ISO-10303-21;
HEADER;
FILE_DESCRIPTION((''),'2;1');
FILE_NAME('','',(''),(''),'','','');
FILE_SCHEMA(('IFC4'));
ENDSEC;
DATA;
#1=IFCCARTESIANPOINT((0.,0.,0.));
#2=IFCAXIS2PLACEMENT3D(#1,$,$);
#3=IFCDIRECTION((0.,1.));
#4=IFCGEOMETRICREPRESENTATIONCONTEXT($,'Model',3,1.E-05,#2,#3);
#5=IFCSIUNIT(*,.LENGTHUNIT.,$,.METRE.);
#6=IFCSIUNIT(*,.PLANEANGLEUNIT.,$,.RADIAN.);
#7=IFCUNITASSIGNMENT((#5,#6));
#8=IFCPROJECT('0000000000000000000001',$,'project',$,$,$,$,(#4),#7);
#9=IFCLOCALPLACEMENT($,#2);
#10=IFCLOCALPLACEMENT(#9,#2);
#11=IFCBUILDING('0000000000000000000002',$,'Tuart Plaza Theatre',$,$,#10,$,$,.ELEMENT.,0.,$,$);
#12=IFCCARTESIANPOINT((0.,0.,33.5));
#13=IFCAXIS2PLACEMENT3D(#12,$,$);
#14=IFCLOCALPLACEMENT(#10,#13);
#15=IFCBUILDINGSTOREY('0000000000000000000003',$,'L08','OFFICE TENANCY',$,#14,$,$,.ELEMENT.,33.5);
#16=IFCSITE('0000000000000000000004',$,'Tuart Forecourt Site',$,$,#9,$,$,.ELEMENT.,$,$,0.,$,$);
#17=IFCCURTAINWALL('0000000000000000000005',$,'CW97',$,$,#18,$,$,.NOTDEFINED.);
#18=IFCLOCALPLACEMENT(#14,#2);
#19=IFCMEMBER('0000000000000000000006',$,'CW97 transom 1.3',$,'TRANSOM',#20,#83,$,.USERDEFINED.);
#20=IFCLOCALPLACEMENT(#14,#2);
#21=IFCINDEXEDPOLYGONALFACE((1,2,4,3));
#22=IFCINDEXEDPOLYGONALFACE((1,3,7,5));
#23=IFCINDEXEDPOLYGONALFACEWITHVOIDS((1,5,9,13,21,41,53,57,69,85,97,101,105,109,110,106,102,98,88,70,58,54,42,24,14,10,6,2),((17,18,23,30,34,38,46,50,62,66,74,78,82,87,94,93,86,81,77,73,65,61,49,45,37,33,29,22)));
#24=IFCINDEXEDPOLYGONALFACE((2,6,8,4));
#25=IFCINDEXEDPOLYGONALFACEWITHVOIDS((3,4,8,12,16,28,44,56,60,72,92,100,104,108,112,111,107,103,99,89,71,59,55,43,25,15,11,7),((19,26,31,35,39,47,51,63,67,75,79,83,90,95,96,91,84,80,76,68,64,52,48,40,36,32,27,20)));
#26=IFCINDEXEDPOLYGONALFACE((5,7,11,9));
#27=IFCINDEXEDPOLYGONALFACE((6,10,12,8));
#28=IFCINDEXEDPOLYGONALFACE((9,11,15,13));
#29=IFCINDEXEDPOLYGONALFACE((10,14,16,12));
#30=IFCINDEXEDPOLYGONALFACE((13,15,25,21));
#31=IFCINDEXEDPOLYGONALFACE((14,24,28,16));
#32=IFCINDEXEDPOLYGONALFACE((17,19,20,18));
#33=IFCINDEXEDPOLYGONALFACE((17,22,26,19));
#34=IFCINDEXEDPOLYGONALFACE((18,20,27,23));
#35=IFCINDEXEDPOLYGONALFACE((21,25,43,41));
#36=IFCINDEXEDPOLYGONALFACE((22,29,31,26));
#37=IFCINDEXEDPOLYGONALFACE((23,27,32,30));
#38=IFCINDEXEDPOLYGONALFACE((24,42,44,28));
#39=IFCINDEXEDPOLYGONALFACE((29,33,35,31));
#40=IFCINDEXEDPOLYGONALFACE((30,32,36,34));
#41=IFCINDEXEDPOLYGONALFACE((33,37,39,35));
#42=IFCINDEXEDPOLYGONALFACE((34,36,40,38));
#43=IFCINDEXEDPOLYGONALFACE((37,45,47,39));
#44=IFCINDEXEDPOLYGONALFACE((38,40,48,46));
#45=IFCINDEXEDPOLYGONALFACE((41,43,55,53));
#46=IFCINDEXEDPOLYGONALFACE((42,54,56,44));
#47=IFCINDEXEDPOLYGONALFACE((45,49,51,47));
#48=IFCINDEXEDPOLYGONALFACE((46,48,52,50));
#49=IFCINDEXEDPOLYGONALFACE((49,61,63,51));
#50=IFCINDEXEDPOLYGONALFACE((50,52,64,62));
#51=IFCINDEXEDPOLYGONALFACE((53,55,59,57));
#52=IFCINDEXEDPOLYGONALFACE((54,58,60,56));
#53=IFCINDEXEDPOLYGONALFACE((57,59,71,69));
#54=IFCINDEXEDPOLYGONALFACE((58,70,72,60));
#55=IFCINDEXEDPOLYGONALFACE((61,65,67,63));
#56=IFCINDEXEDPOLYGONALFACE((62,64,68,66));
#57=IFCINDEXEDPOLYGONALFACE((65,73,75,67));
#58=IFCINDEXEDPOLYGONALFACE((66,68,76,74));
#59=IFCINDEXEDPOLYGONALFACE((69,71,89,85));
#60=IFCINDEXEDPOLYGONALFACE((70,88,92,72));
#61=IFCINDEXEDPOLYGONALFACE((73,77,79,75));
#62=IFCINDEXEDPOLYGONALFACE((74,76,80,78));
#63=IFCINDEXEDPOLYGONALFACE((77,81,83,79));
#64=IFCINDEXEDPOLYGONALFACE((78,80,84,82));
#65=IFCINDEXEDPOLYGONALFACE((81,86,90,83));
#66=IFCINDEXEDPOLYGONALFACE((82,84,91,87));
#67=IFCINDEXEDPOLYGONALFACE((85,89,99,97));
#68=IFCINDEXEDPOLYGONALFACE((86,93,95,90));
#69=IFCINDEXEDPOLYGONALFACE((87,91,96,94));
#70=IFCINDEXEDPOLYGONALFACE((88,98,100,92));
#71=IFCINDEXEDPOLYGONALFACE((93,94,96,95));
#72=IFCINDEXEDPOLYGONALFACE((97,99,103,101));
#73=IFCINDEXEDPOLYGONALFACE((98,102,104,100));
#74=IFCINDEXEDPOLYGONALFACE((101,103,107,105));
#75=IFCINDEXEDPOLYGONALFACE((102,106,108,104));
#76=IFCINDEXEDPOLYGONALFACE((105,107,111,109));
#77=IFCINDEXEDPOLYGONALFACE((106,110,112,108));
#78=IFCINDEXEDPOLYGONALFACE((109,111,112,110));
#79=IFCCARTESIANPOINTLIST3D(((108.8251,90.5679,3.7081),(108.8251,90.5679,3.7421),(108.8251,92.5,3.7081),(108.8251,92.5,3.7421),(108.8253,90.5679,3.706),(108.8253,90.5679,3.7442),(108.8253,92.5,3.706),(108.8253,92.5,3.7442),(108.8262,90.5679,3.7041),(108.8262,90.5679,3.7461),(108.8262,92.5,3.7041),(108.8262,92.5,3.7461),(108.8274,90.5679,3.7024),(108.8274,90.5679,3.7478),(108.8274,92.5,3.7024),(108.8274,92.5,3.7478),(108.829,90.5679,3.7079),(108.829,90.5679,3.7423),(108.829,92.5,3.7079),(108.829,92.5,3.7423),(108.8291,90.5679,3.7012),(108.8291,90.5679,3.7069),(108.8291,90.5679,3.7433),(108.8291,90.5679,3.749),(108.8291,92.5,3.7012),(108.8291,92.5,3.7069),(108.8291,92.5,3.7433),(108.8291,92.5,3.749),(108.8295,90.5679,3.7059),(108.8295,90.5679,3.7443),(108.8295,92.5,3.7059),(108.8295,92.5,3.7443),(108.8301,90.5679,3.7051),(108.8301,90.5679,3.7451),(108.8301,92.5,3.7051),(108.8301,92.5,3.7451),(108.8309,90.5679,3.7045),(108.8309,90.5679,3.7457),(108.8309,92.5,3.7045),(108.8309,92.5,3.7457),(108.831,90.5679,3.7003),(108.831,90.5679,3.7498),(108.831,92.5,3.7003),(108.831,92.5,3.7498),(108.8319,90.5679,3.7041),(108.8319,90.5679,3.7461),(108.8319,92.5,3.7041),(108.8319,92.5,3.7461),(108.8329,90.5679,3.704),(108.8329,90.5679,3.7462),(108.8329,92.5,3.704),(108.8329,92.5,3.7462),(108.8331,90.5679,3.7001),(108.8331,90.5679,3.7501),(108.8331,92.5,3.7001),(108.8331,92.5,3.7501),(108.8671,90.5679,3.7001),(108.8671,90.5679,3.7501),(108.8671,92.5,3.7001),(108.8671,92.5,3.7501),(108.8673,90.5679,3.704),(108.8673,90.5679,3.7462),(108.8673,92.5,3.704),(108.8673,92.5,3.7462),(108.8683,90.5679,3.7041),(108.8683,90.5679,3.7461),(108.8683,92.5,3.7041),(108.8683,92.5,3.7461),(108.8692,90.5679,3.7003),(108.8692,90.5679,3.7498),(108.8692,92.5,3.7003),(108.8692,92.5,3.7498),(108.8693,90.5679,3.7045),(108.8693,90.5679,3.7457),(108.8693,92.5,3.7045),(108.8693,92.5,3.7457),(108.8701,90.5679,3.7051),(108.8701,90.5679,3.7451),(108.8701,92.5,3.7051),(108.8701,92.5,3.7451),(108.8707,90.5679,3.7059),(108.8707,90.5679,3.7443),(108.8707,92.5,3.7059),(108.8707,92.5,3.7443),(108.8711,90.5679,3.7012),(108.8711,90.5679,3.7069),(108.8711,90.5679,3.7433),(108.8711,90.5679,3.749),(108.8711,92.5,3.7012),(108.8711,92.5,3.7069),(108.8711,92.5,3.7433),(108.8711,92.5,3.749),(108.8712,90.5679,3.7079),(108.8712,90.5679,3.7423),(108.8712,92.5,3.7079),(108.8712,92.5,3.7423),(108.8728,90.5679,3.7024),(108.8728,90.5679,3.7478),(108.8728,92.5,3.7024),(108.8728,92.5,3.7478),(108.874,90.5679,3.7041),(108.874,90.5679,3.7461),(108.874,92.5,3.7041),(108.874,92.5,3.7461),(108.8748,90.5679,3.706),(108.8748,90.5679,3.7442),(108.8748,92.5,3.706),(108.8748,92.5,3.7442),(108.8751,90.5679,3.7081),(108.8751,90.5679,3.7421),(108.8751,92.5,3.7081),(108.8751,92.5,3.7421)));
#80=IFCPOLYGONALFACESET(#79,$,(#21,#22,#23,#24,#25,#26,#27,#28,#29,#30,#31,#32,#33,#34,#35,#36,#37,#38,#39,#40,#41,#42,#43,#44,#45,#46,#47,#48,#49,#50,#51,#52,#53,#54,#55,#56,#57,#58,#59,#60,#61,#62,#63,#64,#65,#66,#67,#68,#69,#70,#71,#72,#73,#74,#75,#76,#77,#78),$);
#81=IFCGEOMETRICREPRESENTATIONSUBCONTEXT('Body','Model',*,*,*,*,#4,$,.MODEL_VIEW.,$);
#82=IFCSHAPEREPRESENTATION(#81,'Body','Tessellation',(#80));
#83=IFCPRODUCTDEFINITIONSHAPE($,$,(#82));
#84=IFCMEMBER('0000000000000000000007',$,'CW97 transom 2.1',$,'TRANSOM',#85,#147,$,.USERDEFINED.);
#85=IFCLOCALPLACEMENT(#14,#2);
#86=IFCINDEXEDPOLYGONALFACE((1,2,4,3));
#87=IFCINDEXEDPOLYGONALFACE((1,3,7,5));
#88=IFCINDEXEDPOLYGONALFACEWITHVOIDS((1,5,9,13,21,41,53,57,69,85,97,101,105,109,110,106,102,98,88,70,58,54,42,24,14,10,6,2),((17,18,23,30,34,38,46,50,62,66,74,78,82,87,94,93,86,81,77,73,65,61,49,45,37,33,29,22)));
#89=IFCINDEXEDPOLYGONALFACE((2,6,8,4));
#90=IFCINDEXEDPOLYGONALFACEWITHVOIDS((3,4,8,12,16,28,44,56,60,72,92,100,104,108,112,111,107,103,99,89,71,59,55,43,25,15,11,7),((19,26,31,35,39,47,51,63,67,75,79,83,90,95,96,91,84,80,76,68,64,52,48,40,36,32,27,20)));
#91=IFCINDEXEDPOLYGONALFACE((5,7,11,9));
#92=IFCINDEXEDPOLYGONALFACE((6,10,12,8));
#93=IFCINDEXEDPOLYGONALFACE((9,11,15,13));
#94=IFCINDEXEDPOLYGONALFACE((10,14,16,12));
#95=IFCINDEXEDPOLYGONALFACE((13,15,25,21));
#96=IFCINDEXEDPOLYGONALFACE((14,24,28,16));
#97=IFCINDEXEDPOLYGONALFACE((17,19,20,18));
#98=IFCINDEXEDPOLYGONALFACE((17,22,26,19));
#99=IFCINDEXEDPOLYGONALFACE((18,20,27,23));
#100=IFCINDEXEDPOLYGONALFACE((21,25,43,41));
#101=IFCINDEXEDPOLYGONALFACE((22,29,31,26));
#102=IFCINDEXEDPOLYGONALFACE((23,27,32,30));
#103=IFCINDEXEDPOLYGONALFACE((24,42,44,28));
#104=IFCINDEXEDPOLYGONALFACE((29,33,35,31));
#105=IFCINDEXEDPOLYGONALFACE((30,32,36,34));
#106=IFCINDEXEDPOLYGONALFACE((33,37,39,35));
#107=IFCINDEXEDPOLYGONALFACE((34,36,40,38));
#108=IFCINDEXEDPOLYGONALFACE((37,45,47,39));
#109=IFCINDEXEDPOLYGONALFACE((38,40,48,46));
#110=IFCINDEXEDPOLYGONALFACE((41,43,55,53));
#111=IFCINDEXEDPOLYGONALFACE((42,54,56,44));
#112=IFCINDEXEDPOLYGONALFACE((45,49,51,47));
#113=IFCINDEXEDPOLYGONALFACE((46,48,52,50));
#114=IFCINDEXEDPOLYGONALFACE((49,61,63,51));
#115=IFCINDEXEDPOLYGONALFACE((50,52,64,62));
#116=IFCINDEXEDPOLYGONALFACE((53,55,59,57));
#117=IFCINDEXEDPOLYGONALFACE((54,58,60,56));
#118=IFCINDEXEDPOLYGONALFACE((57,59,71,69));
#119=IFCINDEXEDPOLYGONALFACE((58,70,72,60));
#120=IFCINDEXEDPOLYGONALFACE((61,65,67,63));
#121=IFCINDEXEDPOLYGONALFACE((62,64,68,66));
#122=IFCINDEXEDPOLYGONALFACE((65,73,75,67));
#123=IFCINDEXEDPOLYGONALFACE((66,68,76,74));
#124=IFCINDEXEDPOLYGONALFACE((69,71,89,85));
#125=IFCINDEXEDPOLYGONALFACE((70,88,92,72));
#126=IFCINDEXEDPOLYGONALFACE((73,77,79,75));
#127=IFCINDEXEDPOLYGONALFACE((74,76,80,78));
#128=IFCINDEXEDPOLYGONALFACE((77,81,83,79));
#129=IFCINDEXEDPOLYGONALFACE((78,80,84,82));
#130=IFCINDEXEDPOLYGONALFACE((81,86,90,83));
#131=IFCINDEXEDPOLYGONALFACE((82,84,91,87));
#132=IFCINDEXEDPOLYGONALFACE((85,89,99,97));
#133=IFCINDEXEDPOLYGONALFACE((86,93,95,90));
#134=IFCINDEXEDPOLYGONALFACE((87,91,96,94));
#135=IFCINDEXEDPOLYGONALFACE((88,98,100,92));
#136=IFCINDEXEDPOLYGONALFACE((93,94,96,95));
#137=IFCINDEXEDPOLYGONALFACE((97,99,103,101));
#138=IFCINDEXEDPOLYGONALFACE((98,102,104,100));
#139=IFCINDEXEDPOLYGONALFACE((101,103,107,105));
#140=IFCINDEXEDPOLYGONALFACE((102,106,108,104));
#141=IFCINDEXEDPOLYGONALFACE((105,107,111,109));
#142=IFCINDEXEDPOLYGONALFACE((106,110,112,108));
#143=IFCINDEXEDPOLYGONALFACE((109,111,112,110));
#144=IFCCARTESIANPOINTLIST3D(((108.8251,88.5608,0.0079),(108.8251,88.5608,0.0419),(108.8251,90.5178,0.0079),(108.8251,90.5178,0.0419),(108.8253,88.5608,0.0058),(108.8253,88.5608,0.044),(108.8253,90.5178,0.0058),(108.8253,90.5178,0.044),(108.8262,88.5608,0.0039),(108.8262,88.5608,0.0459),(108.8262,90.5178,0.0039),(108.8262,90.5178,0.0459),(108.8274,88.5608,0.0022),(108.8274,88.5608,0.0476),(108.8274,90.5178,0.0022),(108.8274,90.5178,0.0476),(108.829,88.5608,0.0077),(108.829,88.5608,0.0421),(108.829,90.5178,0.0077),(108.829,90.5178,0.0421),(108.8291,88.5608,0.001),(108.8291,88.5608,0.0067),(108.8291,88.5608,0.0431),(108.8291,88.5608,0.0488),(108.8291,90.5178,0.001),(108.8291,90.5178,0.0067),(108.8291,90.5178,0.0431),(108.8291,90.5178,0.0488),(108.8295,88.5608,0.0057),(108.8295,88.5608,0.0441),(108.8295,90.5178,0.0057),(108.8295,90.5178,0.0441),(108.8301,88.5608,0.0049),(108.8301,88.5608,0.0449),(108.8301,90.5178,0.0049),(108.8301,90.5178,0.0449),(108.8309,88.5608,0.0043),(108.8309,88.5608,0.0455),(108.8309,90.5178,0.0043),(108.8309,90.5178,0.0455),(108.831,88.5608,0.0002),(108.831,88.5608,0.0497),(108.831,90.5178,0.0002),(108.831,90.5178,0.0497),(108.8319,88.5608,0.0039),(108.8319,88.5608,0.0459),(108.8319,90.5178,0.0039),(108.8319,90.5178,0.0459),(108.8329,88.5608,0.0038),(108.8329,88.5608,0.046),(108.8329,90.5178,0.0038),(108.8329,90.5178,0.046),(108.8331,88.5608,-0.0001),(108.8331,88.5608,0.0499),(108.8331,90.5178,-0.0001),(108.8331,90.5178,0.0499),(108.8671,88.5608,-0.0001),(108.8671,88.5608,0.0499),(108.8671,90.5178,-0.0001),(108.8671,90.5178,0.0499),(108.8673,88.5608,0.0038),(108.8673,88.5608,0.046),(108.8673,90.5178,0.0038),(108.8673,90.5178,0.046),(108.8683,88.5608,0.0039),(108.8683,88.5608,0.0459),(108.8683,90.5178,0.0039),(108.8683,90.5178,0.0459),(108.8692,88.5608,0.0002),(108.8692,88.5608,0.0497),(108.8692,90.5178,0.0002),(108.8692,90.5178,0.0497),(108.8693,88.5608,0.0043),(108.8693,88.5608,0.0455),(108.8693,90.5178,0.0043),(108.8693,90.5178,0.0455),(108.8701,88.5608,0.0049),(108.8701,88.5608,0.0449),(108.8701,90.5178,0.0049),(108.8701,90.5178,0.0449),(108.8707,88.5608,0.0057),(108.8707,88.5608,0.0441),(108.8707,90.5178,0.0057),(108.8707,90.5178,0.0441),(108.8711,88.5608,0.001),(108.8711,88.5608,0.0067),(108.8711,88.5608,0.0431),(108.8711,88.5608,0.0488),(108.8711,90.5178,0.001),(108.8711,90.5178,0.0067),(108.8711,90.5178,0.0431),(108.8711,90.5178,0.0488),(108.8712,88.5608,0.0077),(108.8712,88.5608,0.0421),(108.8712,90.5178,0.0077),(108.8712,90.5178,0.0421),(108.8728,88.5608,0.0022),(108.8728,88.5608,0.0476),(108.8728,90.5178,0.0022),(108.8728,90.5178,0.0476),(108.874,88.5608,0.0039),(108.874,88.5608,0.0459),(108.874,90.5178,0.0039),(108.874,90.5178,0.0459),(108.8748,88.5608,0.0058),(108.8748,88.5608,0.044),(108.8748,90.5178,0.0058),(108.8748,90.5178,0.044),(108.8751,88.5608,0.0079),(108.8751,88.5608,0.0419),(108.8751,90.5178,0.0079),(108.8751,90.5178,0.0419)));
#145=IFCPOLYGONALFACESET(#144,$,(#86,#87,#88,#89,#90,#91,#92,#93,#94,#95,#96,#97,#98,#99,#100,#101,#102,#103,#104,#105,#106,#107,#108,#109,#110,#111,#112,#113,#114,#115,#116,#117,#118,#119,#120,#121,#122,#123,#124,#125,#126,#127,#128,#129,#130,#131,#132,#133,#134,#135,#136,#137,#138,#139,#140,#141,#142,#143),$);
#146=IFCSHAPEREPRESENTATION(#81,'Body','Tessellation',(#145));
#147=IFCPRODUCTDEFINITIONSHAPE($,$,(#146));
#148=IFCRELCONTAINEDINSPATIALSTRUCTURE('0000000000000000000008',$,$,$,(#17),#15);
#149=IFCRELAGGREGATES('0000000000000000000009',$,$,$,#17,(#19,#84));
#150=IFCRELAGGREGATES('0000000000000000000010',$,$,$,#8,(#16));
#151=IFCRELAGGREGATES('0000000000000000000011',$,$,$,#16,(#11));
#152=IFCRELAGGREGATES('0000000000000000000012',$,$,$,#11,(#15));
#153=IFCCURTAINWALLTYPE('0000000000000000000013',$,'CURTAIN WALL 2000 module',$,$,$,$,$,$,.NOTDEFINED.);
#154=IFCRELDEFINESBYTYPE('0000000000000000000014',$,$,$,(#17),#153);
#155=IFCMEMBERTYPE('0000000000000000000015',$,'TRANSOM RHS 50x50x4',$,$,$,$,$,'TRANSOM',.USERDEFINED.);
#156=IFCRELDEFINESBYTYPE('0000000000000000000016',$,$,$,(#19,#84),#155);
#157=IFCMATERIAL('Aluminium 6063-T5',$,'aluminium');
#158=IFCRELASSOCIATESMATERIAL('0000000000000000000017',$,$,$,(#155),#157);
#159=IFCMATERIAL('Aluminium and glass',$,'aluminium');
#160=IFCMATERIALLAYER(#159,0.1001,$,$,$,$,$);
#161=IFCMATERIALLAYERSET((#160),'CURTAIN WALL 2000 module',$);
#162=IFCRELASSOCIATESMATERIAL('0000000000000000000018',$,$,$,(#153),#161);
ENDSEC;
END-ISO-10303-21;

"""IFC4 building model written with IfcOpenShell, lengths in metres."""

from ifc_helpers import new_model, si_unit, direction, frame, origin, origin_2d, place, context, subcontext, project, spatial, hollow_rectangle, extrude, material, layer, layer_set, material_profile, profile_set, type_object, element, aggregate, save


model = new_model("IFC4")

# Units and contexts
model_context = context("Model", 3, precision=1e-05, world=origin(), true_north=direction((0.0, 1.0)))
body_context = subcontext(model_context, "Body", "Model", "MODEL_VIEW")
ifc_project = project(units=[si_unit("LENGTHUNIT", "METRE"), si_unit("PLANEANGLEUNIT", "RADIAN")], contexts=[model_context])

# Site, building, storey
site_placement = place(None, origin())
site = spatial("IfcSite", under=ifc_project, at=site_placement, Name="Tuart Forecourt Site", CompositionType="ELEMENT", RefElevation=0.0)
building_placement = place(site_placement, origin())
building = spatial("IfcBuilding", under=site, at=building_placement, Name="Tuart Plaza Theatre", CompositionType="ELEMENT", ElevationOfRefHeight=0.0)
storey_placement = place(building_placement, frame((0.0, 0.0, 33.5)))
storey = spatial("IfcBuildingStorey", under=building, at=storey_placement, Name="L08", Description="OFFICE TENANCY", CompositionType="ELEMENT", Elevation=33.5)

# Curtain wall, members
ifc_material_1 = material(Name="Aluminium 6063-T5", Category="aluminium")
ifc_material_profile_1 = material_profile(ifc_material_1, hollow_rectangle(XDim=0.05, YDim=0.05, WallThickness=0.0039, InnerFilletRadius=0.0039, OuterFilletRadius=0.0081, at=origin_2d()), Name="RHS 50x50x4")
ifc_profile_set_1 = profile_set([ifc_material_profile_1], Name="Aluminium 6063-T5")
member_type_1 = type_object("IfcMemberType", Name="TRANSOM RHS 50x50x4", ElementType="TRANSOM", PredefinedType="USERDEFINED", material=ifc_profile_set_1)
ifc_material_2 = material(Name="Aluminium and glass", Category="aluminium")
ifc_layer_1 = layer(ifc_material_2, 0.1001)
ifc_layer_set_1 = layer_set([ifc_layer_1], Name="CURTAIN WALL 2000 module")
curtain_wall_type_1 = type_object("IfcCurtainWallType", Name="CURTAIN WALL 2000 module", PredefinedType="NOTDEFINED", material=ifc_layer_set_1)
curtain_wall_1_placement = place(storey_placement, origin())
curtain_wall_1 = element("IfcCurtainWall", 1, at=curtain_wall_1_placement, inside=storey, type_object=curtain_wall_type_1, Name="CW97", PredefinedType="NOTDEFINED")
member_1_placement = place(storey_placement, frame((108.8501, 92.5, 3.7251), z_axis=(0.0, -1.0, 0.0), x_axis=(1.0, 0.0, 0.0)))
member_1 = element("IfcMember", 2, at=member_1_placement, type_object=member_type_1, Name="CW97 transom 1.3", ObjectType="TRANSOM", PredefinedType="USERDEFINED", context=body_context, shape_type="SweptSolid", body=[
    extrude(hollow_rectangle(XDim=0.05, YDim=0.05, WallThickness=0.0039, InnerFilletRadius=0.0039, OuterFilletRadius=0.0081, at=origin_2d()), origin(), (0.0, 0.0, 1.0), 1.9321),
])
member_2_placement = place(storey_placement, frame((108.8501, 90.5178, 0.0249), z_axis=(0.0, -1.0, 0.0), x_axis=(1.0, 0.0, 0.0)))
member_2 = element("IfcMember", 3, at=member_2_placement, type_object=member_type_1, Name="CW97 transom 2.1", ObjectType="TRANSOM", PredefinedType="USERDEFINED", context=body_context, shape_type="SweptSolid", body=[
    extrude(hollow_rectangle(XDim=0.05, YDim=0.05, WallThickness=0.0039, InnerFilletRadius=0.0039, OuterFilletRadius=0.0081, at=origin_2d()), origin(), (0.0, 0.0, 1.0), 1.957),
])

aggregate(curtain_wall_1, [member_1, member_2])

save(model, "model.ifc")
